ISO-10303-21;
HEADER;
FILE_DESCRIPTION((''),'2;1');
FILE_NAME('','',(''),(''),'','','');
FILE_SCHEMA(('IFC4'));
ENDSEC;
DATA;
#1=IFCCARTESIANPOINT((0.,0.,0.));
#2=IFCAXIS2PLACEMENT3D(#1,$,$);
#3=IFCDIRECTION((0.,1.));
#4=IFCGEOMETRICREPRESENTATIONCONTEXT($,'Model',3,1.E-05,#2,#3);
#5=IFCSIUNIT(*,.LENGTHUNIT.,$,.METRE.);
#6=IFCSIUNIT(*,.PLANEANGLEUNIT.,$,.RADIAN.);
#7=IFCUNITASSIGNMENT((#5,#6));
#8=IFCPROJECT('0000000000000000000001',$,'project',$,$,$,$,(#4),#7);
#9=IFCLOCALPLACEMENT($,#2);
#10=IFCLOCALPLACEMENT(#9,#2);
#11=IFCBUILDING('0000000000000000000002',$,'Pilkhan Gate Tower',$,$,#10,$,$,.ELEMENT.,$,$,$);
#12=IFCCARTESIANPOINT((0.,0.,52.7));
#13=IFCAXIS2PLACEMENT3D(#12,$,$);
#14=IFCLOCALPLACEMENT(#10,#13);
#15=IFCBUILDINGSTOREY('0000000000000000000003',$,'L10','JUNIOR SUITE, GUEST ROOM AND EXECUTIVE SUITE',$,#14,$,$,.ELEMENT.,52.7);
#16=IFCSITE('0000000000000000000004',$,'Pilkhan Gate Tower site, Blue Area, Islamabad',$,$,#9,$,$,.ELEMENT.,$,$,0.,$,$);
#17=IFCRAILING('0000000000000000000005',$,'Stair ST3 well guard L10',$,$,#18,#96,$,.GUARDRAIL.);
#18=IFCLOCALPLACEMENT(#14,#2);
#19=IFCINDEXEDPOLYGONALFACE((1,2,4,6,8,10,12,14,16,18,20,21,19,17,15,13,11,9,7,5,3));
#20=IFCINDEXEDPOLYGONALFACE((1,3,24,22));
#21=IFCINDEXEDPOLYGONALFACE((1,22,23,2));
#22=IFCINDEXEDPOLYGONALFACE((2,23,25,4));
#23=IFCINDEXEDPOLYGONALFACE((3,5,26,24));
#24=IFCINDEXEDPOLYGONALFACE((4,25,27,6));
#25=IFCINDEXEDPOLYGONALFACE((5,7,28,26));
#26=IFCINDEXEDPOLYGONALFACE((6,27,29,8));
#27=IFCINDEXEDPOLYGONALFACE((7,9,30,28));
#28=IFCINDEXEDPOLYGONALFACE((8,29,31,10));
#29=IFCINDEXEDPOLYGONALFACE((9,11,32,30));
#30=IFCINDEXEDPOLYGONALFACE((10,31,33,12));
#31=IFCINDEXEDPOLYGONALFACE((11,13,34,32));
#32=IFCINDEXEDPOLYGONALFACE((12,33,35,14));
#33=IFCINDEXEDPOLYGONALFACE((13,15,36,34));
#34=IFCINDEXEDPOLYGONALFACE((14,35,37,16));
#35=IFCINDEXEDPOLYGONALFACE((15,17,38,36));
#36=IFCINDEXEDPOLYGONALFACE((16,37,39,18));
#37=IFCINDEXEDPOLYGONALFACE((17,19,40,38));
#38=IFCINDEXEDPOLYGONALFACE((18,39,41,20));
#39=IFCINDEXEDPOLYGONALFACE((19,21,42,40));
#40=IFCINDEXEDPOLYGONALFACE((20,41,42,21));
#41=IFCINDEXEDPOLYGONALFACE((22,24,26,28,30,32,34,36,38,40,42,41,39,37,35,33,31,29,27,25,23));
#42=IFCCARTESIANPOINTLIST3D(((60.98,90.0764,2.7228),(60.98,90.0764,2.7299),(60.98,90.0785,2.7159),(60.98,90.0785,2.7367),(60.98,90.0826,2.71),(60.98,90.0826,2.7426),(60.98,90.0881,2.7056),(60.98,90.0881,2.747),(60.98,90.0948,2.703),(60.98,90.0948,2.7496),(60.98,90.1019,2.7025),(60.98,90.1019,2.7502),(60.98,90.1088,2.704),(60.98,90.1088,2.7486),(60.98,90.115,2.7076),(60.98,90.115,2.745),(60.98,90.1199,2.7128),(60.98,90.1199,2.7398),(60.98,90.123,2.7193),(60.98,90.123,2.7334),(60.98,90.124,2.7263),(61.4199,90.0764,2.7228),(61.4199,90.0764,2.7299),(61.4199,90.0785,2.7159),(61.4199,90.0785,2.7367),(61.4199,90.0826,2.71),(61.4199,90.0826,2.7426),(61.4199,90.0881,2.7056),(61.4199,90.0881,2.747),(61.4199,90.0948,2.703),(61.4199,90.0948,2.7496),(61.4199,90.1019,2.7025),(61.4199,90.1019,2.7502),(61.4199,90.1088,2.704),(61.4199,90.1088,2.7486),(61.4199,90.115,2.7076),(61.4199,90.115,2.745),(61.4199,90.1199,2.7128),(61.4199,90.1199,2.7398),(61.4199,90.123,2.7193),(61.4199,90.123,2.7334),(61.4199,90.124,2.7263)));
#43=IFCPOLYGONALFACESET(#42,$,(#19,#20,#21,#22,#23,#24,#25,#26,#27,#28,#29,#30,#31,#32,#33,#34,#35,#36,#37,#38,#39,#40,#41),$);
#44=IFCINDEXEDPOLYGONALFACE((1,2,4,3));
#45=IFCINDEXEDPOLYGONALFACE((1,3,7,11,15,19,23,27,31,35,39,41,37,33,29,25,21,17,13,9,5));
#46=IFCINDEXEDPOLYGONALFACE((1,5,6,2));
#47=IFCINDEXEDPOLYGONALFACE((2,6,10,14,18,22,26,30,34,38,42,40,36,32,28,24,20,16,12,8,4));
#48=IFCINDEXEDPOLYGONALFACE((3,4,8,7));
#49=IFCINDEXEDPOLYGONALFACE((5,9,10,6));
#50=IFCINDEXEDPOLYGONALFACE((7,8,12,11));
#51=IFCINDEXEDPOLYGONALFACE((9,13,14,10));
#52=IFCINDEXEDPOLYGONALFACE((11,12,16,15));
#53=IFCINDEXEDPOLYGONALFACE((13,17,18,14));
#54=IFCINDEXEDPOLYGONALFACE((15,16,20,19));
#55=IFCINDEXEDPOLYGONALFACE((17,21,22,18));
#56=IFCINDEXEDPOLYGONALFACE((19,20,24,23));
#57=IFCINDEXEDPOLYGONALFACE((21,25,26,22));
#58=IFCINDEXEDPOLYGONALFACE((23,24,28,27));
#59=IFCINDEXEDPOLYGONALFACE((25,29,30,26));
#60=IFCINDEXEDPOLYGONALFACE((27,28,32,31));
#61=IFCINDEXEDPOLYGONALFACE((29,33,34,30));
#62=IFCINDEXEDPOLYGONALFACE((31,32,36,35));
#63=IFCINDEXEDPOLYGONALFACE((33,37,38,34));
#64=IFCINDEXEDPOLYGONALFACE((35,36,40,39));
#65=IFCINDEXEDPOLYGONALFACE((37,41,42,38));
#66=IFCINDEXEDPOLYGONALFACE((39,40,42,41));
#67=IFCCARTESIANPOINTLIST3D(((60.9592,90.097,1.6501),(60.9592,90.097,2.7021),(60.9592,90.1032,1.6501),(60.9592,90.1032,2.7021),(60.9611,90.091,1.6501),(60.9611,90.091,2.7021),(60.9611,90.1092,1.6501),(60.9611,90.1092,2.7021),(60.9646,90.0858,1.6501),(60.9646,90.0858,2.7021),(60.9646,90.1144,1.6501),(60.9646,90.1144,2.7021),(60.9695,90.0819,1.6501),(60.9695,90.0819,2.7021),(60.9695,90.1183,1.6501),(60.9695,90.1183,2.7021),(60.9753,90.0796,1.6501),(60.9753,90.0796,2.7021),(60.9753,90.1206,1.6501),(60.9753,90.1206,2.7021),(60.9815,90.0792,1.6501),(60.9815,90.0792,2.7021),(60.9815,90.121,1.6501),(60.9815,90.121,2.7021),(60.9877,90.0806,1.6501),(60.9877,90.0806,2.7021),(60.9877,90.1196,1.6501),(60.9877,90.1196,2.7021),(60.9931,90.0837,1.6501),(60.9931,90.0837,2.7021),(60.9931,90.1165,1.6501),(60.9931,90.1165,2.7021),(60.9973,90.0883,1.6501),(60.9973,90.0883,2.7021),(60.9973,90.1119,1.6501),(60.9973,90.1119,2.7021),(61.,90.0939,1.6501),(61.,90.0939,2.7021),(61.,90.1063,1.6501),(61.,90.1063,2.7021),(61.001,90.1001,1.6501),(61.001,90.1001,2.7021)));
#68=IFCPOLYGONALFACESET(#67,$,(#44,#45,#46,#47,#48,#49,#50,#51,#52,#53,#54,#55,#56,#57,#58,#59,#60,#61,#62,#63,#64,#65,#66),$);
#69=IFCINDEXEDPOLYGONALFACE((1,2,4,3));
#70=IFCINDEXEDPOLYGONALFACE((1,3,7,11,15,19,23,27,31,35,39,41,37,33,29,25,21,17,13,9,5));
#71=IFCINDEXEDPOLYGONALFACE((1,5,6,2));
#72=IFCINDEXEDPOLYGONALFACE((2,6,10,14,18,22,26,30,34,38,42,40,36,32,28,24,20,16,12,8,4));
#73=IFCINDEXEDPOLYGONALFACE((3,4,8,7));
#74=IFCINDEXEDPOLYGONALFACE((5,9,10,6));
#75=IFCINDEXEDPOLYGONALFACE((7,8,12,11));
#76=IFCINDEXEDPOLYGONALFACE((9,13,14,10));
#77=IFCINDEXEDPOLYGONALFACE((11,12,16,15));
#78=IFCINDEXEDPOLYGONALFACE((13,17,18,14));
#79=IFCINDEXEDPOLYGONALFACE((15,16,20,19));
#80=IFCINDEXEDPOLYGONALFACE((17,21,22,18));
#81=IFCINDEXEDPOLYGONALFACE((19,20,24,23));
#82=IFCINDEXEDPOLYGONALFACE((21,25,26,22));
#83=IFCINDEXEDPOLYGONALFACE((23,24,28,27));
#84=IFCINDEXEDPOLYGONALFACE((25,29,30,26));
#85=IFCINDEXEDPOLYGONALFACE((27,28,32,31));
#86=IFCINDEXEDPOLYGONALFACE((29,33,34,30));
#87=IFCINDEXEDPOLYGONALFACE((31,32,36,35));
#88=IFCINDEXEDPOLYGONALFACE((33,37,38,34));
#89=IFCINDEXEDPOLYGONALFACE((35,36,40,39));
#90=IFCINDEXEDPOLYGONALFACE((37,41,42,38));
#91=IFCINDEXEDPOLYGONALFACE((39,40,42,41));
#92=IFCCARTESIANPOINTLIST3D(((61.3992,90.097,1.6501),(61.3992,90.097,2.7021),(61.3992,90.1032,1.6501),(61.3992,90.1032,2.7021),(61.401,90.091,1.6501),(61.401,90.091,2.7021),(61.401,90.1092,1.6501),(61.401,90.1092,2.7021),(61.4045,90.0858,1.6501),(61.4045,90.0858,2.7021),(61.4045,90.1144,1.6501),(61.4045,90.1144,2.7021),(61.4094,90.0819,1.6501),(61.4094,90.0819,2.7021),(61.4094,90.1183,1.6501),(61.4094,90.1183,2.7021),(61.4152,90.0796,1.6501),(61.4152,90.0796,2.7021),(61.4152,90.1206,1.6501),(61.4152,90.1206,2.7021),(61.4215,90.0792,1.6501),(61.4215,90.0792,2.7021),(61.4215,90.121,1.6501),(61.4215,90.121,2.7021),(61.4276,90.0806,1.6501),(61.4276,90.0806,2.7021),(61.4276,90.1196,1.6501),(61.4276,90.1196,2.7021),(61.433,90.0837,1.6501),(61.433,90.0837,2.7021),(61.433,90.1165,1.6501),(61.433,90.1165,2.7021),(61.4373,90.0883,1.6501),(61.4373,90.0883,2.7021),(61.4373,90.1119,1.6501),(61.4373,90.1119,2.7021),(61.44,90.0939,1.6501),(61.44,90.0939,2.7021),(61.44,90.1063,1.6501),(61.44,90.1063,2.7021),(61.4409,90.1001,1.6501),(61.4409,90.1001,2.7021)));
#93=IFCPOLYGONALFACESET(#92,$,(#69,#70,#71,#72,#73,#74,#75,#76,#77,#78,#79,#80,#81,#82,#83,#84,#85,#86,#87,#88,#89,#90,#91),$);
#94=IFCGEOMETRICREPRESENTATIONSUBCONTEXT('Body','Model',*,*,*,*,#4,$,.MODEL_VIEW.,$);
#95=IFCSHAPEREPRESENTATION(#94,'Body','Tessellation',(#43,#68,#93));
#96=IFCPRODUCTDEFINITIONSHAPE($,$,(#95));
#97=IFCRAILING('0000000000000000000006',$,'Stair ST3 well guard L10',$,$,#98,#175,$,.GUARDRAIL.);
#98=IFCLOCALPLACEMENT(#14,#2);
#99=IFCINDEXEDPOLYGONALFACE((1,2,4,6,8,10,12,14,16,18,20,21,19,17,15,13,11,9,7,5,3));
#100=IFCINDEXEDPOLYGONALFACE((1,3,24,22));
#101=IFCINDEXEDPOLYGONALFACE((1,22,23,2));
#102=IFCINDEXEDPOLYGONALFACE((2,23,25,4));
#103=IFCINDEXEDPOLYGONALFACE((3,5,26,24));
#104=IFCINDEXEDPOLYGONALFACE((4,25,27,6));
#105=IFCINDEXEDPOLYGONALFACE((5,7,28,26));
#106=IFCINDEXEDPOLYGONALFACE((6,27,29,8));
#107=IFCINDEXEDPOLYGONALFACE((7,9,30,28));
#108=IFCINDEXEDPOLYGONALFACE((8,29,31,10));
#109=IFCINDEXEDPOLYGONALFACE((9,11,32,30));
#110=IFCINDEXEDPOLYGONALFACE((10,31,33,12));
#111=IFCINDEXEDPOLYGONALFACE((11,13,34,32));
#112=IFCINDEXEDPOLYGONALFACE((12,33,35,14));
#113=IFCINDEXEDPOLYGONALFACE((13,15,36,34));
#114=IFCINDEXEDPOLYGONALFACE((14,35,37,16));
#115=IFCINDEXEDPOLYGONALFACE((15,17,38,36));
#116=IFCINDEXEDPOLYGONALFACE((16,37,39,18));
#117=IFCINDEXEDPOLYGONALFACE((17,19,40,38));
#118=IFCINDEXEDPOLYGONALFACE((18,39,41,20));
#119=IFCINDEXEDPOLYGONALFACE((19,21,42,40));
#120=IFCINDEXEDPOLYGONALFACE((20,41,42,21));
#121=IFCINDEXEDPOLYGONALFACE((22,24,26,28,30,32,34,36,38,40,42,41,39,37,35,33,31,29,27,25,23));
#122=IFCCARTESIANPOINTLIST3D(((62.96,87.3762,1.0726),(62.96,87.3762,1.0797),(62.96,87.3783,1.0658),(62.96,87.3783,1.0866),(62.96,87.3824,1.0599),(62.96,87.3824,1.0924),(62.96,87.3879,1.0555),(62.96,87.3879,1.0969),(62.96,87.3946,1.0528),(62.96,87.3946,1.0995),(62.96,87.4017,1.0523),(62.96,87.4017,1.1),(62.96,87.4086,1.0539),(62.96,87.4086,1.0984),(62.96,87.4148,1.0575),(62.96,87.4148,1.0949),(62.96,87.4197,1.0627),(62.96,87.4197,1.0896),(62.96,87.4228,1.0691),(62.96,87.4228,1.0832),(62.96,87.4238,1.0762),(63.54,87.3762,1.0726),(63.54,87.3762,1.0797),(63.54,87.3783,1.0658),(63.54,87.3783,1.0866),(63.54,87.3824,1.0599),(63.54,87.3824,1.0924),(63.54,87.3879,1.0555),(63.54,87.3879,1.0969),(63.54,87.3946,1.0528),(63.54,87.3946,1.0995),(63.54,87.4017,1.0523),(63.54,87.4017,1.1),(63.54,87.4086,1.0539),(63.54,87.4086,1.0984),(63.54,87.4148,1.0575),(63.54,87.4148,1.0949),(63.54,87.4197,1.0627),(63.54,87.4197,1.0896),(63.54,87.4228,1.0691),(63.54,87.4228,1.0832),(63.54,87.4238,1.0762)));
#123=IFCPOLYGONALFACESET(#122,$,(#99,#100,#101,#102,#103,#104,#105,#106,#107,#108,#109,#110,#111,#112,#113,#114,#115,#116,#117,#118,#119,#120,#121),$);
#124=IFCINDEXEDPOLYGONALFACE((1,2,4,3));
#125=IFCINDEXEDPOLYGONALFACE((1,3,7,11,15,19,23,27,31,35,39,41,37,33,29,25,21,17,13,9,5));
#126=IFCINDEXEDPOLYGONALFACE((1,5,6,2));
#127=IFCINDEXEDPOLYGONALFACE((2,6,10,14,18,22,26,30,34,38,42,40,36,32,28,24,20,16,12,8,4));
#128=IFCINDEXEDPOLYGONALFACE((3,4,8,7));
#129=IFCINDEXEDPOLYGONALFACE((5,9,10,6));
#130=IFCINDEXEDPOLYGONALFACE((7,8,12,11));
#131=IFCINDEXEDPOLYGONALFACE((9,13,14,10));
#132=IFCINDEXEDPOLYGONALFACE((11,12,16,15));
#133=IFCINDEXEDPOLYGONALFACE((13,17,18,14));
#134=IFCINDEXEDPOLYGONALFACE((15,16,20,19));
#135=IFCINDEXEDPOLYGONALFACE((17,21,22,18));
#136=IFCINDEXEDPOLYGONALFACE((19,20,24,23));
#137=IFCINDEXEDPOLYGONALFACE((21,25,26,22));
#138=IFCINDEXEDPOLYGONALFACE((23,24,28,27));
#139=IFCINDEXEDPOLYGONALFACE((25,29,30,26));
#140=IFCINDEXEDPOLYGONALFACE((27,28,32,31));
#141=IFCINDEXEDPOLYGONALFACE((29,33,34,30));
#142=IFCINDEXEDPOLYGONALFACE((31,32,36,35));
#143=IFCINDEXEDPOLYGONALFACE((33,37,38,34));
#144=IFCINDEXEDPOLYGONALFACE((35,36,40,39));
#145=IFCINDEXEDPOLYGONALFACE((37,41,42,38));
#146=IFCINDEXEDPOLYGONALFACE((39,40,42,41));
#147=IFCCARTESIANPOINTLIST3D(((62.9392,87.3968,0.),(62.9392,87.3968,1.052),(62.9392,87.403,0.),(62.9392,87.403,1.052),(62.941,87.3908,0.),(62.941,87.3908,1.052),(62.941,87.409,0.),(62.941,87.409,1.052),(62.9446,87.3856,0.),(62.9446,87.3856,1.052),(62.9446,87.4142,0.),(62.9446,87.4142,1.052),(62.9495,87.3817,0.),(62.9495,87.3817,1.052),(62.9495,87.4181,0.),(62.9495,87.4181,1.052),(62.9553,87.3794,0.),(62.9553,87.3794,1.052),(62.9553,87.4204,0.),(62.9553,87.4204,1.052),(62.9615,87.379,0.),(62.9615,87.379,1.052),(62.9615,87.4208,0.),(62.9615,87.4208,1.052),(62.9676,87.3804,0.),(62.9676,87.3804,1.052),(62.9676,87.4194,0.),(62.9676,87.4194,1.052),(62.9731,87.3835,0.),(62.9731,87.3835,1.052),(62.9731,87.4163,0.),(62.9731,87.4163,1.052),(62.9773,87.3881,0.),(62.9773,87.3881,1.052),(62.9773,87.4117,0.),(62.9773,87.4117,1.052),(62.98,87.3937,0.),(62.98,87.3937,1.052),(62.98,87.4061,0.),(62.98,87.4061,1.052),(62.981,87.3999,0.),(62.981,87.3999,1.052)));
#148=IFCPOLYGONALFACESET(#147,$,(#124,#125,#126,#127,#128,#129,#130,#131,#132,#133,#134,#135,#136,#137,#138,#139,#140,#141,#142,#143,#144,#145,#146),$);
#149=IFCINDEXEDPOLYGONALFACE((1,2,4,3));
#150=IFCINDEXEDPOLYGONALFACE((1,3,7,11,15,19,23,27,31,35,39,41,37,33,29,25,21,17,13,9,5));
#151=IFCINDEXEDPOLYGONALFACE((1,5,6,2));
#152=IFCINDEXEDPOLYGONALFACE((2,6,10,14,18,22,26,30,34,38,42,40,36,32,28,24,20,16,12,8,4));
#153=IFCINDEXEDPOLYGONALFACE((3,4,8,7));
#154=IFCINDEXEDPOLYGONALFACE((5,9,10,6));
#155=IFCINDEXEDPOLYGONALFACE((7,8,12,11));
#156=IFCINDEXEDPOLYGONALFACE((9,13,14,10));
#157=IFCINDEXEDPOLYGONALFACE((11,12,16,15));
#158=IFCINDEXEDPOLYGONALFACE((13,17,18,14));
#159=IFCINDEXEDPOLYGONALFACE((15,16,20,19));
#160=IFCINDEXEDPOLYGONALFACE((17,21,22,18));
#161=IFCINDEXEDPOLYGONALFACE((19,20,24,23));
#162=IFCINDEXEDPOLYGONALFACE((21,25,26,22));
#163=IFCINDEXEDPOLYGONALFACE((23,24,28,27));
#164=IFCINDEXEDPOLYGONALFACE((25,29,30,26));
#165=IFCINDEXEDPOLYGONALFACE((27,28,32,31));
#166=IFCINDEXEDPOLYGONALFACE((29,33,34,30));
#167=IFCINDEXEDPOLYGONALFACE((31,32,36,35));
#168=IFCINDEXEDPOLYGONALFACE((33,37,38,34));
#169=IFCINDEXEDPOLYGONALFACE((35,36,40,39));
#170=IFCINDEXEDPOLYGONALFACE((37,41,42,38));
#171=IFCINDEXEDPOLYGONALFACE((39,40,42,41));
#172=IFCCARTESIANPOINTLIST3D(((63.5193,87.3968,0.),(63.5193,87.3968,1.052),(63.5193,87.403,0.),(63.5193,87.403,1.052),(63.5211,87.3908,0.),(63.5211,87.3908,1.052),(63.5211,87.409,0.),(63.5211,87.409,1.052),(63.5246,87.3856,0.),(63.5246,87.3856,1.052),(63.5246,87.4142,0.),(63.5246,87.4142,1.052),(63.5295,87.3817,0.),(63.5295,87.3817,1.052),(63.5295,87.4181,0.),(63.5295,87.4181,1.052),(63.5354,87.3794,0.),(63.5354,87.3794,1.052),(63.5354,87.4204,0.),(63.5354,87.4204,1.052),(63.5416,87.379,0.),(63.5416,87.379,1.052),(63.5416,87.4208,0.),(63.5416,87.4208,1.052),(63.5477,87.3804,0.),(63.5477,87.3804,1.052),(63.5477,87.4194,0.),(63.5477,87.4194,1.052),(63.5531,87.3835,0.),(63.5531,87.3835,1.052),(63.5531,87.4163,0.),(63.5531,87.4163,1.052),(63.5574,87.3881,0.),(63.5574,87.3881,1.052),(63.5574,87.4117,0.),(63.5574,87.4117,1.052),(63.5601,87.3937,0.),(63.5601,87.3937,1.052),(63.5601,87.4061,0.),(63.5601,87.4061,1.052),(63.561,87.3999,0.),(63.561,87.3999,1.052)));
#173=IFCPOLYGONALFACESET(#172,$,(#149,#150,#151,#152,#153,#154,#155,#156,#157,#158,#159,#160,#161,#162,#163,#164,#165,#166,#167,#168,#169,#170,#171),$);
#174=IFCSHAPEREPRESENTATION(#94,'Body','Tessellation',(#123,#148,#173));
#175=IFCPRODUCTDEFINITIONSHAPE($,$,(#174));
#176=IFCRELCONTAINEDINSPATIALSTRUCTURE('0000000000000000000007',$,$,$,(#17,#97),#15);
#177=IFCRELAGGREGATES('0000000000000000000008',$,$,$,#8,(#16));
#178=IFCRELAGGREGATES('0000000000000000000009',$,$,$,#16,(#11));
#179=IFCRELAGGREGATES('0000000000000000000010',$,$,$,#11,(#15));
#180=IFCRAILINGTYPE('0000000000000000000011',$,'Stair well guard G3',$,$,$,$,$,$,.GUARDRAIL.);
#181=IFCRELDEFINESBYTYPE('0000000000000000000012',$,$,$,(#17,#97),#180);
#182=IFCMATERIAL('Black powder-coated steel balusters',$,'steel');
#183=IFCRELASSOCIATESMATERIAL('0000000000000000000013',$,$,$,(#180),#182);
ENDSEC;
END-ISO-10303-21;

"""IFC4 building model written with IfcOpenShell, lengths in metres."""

from ifc_helpers import new_model, si_unit, direction, frame, origin, origin_2d, place, context, subcontext, project, spatial, circle, extrude, material, type_object, element, save


model = new_model("IFC4")

# Units and contexts
model_context = context("Model", 3, precision=1e-05, world=origin(), true_north=direction((0.0, 1.0)))
body_context = subcontext(model_context, "Body", "Model", "MODEL_VIEW")
ifc_project = project(units=[si_unit("LENGTHUNIT", "METRE"), si_unit("PLANEANGLEUNIT", "RADIAN")], contexts=[model_context])

# Site, building, storey
site_placement = place(None, origin())
site = spatial("IfcSite", under=ifc_project, at=site_placement, Name="Pilkhan Gate Tower site, Blue Area, Islamabad", CompositionType="ELEMENT", RefElevation=0.0)
building_placement = place(site_placement, origin())
building = spatial("IfcBuilding", under=site, at=building_placement, Name="Pilkhan Gate Tower", CompositionType="ELEMENT")
storey_placement = place(building_placement, frame((0.0, 0.0, 52.7)))
storey = spatial("IfcBuildingStorey", under=building, at=storey_placement, Name="L10", Description="JUNIOR SUITE, GUEST ROOM AND EXECUTIVE SUITE", CompositionType="ELEMENT", Elevation=52.7)

# Railings
ifc_material_1 = material(Name="Black powder-coated steel balusters", Category="steel")
railing_type_1 = type_object("IfcRailingType", Name="Stair well guard G3", PredefinedType="GUARDRAIL", material=ifc_material_1)
railing_1_placement = place(storey_placement, frame((60.98, 90.1001, 1.6501)))
element("IfcRailing", 1, at=railing_1_placement, inside=storey, type_object=railing_type_1, Name="Stair ST3 well guard L10", PredefinedType="GUARDRAIL", context=body_context, shape_type="SweptSolid", body=[
    extrude(circle(Radius=0.0239, at=origin_2d()), frame((0.0, 0.0, 1.0762), z_axis=(1.0, 0.0, 0.0), x_axis=(0.0, 1.0, 0.0)), (0.0, 0.0, 1.0), 0.4399),
    extrude(circle(Radius=0.021, at=origin_2d()), origin(), (0.0, 0.0, 1.0), 1.052),
    extrude(circle(Radius=0.021, at=origin_2d()), frame((0.4399, 0.0, 0.0)), (0.0, 0.0, 1.0), 1.052),
])
for number, where, name in (
    (2, (62.96, 87.3999, 0.0), "Stair ST3 well guard L10"),
):
    element("IfcRailing", number, at=place(storey_placement, frame(where)), inside=storey, type_object=railing_type_1, Name=name, PredefinedType="GUARDRAIL", context=body_context, shape_type="SweptSolid", body=[
        extrude(circle(Radius=0.0239, at=origin_2d()), frame((0.0, 0.0, 1.0762), z_axis=(1.0, 0.0, 0.0), x_axis=(0.0, 1.0, 0.0)), (0.0, 0.0, 1.0), 0.5801),
        extrude(circle(Radius=0.021, at=origin_2d()), origin(), (0.0, 0.0, 1.0), 1.052),
        extrude(circle(Radius=0.021, at=origin_2d()), frame((0.5801, 0.0, 0.0)), (0.0, 0.0, 1.0), 1.052),
    ])

save(model, "model.ifc")
